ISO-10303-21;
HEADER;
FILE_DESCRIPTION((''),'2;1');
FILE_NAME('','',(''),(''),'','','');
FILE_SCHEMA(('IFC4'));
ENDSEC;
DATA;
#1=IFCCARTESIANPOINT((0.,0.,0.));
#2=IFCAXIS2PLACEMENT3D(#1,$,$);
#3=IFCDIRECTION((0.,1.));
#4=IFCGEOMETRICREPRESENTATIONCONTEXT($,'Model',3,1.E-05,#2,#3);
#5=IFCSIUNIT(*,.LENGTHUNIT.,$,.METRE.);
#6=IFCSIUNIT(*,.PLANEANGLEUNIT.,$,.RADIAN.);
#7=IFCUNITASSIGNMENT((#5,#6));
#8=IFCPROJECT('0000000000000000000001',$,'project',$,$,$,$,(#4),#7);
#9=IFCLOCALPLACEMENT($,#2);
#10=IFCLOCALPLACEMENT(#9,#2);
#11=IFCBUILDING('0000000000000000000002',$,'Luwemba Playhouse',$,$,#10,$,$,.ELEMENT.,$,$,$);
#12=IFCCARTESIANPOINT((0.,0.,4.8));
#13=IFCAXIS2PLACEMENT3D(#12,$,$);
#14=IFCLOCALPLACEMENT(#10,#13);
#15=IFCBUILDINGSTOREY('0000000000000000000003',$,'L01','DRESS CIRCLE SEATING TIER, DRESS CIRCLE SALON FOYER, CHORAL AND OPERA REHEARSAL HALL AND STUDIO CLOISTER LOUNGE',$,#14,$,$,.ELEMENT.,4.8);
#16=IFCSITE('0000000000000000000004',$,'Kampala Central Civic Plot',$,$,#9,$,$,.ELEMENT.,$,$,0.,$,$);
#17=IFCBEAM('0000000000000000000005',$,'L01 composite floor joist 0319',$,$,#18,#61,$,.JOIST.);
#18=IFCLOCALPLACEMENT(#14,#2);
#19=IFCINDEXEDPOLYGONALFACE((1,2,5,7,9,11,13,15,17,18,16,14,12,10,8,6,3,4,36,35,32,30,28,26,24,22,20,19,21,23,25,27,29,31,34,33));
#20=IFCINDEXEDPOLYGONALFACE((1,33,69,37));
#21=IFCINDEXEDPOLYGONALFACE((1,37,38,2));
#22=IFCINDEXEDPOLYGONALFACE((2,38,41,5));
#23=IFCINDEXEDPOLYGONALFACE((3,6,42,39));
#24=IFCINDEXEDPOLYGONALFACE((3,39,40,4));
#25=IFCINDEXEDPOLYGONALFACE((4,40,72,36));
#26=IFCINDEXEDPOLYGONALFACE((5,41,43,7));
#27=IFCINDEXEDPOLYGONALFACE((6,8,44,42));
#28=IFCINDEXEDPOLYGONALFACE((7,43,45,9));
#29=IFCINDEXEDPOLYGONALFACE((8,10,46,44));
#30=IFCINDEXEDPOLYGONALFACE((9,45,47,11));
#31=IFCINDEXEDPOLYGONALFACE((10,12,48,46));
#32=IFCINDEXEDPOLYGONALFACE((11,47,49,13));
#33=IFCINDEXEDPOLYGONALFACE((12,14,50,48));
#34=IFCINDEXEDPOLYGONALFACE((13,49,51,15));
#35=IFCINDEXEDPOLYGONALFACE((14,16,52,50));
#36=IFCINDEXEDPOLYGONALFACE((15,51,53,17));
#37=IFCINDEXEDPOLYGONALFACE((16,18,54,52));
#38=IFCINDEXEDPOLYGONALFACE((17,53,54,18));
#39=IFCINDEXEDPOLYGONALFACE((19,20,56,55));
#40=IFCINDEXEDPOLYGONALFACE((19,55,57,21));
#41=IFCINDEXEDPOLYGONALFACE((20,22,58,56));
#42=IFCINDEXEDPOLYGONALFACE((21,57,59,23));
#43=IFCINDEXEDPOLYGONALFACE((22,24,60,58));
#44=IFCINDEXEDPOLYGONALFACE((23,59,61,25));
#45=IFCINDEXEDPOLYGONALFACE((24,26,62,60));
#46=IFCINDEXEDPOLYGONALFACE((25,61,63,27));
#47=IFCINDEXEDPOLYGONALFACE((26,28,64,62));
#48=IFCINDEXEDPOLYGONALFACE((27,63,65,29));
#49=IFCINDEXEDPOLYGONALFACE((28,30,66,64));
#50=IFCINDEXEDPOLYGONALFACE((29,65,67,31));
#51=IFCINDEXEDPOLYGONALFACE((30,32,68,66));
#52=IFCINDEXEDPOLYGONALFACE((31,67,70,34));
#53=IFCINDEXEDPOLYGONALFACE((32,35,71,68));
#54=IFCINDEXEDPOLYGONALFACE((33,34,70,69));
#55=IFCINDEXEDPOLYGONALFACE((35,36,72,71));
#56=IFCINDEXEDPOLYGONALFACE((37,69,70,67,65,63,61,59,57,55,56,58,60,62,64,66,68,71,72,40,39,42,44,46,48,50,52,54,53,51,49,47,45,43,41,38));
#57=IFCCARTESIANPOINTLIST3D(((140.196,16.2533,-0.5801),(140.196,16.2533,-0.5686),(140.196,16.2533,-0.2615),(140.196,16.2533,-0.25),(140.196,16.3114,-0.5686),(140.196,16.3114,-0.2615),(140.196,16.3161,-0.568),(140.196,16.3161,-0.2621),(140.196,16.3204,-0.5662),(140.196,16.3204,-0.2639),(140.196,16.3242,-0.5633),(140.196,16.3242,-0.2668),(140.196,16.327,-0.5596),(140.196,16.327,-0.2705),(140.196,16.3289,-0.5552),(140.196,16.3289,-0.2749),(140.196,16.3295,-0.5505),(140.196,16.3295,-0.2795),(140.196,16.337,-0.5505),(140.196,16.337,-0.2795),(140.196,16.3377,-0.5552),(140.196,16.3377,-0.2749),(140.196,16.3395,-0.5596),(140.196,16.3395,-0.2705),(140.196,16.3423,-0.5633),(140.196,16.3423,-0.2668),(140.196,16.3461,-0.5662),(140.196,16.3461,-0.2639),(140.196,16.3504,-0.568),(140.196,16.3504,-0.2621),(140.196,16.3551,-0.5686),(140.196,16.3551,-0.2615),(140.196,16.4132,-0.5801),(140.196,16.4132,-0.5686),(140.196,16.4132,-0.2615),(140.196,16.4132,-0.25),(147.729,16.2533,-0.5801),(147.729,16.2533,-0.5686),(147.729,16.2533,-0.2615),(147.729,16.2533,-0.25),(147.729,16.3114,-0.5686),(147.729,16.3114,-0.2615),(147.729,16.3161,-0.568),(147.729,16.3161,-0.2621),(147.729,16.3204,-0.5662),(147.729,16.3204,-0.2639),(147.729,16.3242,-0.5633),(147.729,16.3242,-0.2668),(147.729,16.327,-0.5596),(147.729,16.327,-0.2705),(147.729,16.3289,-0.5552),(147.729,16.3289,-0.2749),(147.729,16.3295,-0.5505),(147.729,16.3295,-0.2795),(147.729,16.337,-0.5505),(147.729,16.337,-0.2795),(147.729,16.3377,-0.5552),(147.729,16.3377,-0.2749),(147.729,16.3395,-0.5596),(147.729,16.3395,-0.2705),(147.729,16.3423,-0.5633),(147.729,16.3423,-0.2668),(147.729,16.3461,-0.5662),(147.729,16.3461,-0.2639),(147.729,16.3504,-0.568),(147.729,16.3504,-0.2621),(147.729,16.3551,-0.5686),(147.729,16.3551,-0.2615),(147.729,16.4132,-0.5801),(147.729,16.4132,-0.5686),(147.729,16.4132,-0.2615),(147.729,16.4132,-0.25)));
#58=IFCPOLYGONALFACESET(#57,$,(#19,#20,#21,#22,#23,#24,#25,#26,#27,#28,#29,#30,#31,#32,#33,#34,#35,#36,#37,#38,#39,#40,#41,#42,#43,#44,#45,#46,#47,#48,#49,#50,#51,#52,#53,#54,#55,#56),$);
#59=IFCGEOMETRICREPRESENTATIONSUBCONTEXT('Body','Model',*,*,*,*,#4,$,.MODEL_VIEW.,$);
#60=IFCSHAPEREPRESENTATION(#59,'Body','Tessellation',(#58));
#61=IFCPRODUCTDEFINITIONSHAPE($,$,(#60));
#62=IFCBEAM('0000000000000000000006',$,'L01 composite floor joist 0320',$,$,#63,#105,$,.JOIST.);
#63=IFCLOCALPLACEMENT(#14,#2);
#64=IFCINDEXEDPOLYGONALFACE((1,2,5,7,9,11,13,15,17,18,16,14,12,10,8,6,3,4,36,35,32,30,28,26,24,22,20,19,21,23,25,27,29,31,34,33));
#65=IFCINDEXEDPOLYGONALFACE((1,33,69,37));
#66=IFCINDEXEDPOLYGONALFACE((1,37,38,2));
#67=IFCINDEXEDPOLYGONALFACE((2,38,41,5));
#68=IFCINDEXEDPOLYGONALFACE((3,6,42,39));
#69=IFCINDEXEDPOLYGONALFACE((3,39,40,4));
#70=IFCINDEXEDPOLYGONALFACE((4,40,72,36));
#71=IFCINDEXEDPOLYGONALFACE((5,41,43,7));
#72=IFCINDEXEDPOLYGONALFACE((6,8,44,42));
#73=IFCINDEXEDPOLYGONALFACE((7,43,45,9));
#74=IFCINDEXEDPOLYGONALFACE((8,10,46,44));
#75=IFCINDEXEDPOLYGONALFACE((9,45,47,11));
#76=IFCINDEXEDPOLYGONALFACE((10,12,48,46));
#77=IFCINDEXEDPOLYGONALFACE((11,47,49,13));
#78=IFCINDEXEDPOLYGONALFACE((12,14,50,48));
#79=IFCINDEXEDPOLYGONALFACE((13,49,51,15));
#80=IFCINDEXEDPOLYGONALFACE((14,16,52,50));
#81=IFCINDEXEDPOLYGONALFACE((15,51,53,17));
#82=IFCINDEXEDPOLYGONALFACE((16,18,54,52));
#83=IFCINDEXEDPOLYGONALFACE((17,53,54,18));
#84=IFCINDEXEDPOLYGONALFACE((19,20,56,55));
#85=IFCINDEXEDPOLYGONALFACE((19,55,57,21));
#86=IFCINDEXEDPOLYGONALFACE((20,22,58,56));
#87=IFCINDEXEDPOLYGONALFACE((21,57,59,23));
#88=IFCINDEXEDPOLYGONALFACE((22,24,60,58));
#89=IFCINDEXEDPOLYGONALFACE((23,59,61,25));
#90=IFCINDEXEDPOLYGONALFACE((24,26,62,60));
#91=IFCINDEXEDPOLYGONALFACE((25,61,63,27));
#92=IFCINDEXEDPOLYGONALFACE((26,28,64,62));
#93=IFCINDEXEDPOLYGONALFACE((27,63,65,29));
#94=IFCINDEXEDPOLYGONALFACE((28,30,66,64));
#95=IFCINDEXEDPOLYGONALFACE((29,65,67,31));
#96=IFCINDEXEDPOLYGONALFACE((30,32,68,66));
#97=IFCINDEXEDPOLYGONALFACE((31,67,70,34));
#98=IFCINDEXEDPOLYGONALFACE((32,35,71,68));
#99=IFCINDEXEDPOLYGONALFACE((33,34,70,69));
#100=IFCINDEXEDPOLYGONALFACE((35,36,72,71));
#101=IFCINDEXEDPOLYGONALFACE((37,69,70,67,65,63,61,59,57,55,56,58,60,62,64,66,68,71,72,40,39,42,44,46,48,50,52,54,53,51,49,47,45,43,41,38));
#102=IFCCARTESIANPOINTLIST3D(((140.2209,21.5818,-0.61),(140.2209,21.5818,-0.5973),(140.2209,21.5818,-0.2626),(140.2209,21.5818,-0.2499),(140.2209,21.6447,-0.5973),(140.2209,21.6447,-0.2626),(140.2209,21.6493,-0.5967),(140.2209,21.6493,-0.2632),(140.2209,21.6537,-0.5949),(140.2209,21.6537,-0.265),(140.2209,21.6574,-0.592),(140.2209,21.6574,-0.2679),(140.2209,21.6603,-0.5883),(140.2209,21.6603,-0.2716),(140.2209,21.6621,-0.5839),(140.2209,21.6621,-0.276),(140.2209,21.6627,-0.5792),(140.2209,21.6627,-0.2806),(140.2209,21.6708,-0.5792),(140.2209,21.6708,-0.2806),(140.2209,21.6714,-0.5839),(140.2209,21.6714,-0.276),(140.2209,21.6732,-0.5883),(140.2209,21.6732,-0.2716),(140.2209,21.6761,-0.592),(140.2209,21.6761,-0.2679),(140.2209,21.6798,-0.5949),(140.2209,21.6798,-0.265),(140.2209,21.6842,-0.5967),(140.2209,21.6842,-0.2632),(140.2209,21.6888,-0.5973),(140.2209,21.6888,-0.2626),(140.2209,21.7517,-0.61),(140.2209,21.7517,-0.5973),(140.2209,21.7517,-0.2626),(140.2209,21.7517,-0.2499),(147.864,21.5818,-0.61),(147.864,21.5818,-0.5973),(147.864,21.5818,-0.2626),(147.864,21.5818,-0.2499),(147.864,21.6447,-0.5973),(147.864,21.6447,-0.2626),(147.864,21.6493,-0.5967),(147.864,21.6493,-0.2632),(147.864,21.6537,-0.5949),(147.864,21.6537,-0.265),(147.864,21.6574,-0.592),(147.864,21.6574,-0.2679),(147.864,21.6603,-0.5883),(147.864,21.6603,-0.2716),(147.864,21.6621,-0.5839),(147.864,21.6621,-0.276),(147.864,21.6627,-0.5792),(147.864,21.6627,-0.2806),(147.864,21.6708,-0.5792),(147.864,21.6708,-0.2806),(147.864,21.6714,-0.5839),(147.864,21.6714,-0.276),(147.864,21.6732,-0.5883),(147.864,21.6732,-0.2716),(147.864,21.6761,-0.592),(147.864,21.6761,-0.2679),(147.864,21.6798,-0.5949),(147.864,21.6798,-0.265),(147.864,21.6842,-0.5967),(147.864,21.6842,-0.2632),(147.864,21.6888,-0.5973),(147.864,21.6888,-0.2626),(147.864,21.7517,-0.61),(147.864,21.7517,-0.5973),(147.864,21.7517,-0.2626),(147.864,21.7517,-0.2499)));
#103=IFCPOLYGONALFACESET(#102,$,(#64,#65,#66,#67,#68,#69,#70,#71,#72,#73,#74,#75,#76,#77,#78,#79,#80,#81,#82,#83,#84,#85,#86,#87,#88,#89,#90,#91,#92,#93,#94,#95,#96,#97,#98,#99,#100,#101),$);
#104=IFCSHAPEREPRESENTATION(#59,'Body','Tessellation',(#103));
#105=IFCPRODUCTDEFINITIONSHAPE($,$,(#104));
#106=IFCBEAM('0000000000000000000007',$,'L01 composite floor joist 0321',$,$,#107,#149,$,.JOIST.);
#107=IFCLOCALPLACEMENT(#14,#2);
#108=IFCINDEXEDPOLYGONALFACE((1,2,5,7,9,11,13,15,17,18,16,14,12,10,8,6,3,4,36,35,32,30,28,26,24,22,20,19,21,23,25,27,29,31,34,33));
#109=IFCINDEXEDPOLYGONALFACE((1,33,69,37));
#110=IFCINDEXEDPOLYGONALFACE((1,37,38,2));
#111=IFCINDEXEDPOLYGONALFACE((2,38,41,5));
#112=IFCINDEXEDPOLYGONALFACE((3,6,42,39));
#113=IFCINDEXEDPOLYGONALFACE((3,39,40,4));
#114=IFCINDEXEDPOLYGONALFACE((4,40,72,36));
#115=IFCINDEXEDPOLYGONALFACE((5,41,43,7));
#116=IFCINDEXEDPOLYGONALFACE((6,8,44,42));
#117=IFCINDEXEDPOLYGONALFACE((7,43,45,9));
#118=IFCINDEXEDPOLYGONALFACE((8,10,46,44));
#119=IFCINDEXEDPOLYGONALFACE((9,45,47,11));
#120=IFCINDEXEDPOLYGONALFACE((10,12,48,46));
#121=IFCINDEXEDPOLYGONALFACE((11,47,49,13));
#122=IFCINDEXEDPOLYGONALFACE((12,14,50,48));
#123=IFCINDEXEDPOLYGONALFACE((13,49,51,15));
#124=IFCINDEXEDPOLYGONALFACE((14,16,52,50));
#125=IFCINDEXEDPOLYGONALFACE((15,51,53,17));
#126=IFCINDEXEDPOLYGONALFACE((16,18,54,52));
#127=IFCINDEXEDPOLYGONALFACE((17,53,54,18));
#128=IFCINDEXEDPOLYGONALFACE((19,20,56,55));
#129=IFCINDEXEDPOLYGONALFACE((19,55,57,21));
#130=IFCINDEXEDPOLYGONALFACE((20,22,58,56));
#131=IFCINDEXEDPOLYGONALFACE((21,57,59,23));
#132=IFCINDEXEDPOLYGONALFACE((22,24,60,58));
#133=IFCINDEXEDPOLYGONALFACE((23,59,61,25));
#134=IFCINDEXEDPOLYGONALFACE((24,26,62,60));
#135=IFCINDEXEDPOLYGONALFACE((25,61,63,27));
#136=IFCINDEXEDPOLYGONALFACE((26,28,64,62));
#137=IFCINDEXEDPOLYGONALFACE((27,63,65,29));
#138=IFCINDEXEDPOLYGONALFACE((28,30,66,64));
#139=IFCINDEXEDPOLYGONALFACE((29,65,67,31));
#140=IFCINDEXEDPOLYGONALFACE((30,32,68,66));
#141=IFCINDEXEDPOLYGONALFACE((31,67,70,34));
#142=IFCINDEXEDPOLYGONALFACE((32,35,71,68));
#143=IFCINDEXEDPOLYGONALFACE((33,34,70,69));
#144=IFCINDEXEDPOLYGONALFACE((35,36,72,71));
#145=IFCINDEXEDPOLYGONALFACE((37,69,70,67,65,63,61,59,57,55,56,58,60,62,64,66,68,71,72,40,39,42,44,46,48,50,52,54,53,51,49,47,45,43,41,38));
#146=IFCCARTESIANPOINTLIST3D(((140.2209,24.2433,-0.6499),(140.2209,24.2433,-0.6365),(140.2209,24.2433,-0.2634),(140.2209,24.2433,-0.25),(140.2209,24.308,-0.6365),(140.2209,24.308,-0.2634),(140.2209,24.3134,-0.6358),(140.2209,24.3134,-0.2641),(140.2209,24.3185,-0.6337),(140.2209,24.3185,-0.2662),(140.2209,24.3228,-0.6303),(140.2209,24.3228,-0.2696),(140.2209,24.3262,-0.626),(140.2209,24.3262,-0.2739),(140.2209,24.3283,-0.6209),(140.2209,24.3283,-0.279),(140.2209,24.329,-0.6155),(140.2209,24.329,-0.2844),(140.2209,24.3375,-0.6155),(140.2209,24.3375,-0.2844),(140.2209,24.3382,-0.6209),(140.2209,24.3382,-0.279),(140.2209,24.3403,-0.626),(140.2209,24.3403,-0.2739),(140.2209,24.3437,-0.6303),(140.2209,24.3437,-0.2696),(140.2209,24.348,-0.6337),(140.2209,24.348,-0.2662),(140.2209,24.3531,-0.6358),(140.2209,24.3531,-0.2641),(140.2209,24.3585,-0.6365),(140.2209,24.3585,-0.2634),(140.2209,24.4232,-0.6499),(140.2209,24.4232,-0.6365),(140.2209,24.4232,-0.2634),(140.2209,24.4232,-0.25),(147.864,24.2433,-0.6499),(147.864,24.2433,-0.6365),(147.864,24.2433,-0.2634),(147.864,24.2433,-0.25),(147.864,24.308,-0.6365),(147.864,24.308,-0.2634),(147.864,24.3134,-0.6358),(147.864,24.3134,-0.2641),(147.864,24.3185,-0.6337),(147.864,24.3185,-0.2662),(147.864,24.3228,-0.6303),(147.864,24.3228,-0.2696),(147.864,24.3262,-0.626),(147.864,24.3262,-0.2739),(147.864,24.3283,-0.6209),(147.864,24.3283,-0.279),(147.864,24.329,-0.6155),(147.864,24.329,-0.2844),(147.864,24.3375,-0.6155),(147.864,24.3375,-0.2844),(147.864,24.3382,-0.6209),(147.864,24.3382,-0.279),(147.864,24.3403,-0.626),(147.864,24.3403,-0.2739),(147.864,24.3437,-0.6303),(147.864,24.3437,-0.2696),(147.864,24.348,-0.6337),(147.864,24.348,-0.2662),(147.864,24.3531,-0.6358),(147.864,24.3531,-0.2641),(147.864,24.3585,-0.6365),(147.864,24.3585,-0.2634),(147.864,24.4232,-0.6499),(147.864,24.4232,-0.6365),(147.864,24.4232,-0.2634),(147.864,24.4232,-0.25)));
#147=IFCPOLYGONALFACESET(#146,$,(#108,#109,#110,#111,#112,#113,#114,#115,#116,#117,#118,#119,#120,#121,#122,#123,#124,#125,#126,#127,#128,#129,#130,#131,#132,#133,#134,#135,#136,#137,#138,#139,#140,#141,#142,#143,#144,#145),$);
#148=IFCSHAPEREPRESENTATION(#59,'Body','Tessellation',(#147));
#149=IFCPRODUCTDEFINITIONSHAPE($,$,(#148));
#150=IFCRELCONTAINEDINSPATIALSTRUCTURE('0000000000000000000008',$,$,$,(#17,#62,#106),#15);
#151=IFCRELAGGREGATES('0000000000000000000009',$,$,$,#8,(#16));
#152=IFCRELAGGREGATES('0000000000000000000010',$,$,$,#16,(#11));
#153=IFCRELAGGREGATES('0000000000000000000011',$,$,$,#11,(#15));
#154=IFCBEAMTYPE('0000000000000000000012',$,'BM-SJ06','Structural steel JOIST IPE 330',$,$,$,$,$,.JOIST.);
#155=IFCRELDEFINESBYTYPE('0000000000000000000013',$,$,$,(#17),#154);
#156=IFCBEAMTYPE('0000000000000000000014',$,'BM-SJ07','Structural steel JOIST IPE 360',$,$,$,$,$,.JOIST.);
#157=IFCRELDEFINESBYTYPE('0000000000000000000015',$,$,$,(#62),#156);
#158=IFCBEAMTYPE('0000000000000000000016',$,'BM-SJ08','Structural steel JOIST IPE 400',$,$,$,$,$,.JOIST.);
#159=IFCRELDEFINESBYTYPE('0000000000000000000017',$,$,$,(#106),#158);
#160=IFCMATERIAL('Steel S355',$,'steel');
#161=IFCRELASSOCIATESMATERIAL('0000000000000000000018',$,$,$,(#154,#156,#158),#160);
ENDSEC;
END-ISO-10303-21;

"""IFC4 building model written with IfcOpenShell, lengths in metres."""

from ifc_helpers import new_model, si_unit, direction, frame, origin, origin_2d, place, context, subcontext, project, spatial, i_section, extrude, material, material_profile, profile_set, type_object, element, save


model = new_model("IFC4")

# Units and contexts
model_context = context("Model", 3, precision=1e-05, world=origin(), true_north=direction((0.0, 1.0)))
body_context = subcontext(model_context, "Body", "Model", "MODEL_VIEW")
ifc_project = project(units=[si_unit("LENGTHUNIT", "METRE"), si_unit("PLANEANGLEUNIT", "RADIAN")], contexts=[model_context])

# Site, building, storey
site_placement = place(None, origin())
site = spatial("IfcSite", under=ifc_project, at=site_placement, Name="Kampala Central Civic Plot", CompositionType="ELEMENT", RefElevation=0.0)
building_placement = place(site_placement, origin())
building = spatial("IfcBuilding", under=site, at=building_placement, Name="Luwemba Playhouse", CompositionType="ELEMENT")
storey_placement = place(building_placement, frame((0.0, 0.0, 4.8)))
storey = spatial("IfcBuildingStorey", under=building, at=storey_placement, Name="L01", Description="DRESS CIRCLE SEATING TIER, DRESS CIRCLE SALON FOYER, CHORAL AND OPERA REHEARSAL HALL AND STUDIO CLOISTER LOUNGE", CompositionType="ELEMENT", Elevation=4.8)

# Beams
ifc_material_1 = material(Name="Steel S355", Category="steel")
ifc_material_profile_1 = material_profile(ifc_material_1, i_section(OverallWidth=0.1599, OverallDepth=0.3301, WebThickness=0.0076, FlangeThickness=0.0115, FilletRadius=0.0181, at=origin_2d()))
ifc_profile_set_1 = profile_set([ifc_material_profile_1], Name="Steel S355")
beam_type_1 = type_object("IfcBeamType", Name="BM-SJ06", Description="Structural steel JOIST IPE 330", PredefinedType="JOIST", material=ifc_profile_set_1)
beam_1_placement = place(storey_placement, frame((140.196, 16.3333, -0.415), z_axis=(1.0, 0.0, 0.0), x_axis=(0.0, 1.0, 0.0)))
element("IfcBeam", 1, at=beam_1_placement, inside=storey, type_object=beam_type_1, Name="L01 composite floor joist 0319", PredefinedType="JOIST", context=body_context, shape_type="SweptSolid", body=[
    extrude(i_section(OverallWidth=0.1599, OverallDepth=0.3301, WebThickness=0.0076, FlangeThickness=0.0115, FilletRadius=0.0181, at=origin_2d()), origin(), (0.0, 0.0, 1.0), 7.533),
])
ifc_material_profile_2 = material_profile(ifc_material_1, i_section(OverallWidth=0.1699, OverallDepth=0.3601, WebThickness=0.0081, FlangeThickness=0.0127, FilletRadius=0.0181, at=origin_2d()))
ifc_profile_set_2 = profile_set([ifc_material_profile_2], Name="Steel S355")
beam_type_2 = type_object("IfcBeamType", Name="BM-SJ07", Description="Structural steel JOIST IPE 360", PredefinedType="JOIST", material=ifc_profile_set_2)
beam_2_placement = place(storey_placement, frame((140.2209, 21.6667, -0.4299), z_axis=(1.0, 0.0, 0.0), x_axis=(0.0, 1.0, 0.0)))
element("IfcBeam", 2, at=beam_2_placement, inside=storey, type_object=beam_type_2, Name="L01 composite floor joist 0320", PredefinedType="JOIST", context=body_context, shape_type="SweptSolid", body=[
    extrude(i_section(OverallWidth=0.1699, OverallDepth=0.3601, WebThickness=0.0081, FlangeThickness=0.0127, FilletRadius=0.0181, at=origin_2d()), origin(), (0.0, 0.0, 1.0), 7.6431),
])
ifc_material_profile_3 = material_profile(ifc_material_1, i_section(OverallWidth=0.1799, OverallDepth=0.3999, WebThickness=0.0085, FlangeThickness=0.0134, FilletRadius=0.021, at=origin_2d()))
ifc_profile_set_3 = profile_set([ifc_material_profile_3], Name="Steel S355")
beam_type_3 = type_object("IfcBeamType", Name="BM-SJ08", Description="Structural steel JOIST IPE 400", PredefinedType="JOIST", material=ifc_profile_set_3)
beam_3_placement = place(storey_placement, frame((140.2209, 24.3333, -0.45), z_axis=(1.0, 0.0, 0.0), x_axis=(0.0, 1.0, 0.0)))
element("IfcBeam", 3, at=beam_3_placement, inside=storey, type_object=beam_type_3, Name="L01 composite floor joist 0321", PredefinedType="JOIST", context=body_context, shape_type="SweptSolid", body=[
    extrude(i_section(OverallWidth=0.1799, OverallDepth=0.3999, WebThickness=0.0085, FlangeThickness=0.0134, FilletRadius=0.021, at=origin_2d()), origin(), (0.0, 0.0, 1.0), 7.6431),
])

save(model, "model.ifc")
